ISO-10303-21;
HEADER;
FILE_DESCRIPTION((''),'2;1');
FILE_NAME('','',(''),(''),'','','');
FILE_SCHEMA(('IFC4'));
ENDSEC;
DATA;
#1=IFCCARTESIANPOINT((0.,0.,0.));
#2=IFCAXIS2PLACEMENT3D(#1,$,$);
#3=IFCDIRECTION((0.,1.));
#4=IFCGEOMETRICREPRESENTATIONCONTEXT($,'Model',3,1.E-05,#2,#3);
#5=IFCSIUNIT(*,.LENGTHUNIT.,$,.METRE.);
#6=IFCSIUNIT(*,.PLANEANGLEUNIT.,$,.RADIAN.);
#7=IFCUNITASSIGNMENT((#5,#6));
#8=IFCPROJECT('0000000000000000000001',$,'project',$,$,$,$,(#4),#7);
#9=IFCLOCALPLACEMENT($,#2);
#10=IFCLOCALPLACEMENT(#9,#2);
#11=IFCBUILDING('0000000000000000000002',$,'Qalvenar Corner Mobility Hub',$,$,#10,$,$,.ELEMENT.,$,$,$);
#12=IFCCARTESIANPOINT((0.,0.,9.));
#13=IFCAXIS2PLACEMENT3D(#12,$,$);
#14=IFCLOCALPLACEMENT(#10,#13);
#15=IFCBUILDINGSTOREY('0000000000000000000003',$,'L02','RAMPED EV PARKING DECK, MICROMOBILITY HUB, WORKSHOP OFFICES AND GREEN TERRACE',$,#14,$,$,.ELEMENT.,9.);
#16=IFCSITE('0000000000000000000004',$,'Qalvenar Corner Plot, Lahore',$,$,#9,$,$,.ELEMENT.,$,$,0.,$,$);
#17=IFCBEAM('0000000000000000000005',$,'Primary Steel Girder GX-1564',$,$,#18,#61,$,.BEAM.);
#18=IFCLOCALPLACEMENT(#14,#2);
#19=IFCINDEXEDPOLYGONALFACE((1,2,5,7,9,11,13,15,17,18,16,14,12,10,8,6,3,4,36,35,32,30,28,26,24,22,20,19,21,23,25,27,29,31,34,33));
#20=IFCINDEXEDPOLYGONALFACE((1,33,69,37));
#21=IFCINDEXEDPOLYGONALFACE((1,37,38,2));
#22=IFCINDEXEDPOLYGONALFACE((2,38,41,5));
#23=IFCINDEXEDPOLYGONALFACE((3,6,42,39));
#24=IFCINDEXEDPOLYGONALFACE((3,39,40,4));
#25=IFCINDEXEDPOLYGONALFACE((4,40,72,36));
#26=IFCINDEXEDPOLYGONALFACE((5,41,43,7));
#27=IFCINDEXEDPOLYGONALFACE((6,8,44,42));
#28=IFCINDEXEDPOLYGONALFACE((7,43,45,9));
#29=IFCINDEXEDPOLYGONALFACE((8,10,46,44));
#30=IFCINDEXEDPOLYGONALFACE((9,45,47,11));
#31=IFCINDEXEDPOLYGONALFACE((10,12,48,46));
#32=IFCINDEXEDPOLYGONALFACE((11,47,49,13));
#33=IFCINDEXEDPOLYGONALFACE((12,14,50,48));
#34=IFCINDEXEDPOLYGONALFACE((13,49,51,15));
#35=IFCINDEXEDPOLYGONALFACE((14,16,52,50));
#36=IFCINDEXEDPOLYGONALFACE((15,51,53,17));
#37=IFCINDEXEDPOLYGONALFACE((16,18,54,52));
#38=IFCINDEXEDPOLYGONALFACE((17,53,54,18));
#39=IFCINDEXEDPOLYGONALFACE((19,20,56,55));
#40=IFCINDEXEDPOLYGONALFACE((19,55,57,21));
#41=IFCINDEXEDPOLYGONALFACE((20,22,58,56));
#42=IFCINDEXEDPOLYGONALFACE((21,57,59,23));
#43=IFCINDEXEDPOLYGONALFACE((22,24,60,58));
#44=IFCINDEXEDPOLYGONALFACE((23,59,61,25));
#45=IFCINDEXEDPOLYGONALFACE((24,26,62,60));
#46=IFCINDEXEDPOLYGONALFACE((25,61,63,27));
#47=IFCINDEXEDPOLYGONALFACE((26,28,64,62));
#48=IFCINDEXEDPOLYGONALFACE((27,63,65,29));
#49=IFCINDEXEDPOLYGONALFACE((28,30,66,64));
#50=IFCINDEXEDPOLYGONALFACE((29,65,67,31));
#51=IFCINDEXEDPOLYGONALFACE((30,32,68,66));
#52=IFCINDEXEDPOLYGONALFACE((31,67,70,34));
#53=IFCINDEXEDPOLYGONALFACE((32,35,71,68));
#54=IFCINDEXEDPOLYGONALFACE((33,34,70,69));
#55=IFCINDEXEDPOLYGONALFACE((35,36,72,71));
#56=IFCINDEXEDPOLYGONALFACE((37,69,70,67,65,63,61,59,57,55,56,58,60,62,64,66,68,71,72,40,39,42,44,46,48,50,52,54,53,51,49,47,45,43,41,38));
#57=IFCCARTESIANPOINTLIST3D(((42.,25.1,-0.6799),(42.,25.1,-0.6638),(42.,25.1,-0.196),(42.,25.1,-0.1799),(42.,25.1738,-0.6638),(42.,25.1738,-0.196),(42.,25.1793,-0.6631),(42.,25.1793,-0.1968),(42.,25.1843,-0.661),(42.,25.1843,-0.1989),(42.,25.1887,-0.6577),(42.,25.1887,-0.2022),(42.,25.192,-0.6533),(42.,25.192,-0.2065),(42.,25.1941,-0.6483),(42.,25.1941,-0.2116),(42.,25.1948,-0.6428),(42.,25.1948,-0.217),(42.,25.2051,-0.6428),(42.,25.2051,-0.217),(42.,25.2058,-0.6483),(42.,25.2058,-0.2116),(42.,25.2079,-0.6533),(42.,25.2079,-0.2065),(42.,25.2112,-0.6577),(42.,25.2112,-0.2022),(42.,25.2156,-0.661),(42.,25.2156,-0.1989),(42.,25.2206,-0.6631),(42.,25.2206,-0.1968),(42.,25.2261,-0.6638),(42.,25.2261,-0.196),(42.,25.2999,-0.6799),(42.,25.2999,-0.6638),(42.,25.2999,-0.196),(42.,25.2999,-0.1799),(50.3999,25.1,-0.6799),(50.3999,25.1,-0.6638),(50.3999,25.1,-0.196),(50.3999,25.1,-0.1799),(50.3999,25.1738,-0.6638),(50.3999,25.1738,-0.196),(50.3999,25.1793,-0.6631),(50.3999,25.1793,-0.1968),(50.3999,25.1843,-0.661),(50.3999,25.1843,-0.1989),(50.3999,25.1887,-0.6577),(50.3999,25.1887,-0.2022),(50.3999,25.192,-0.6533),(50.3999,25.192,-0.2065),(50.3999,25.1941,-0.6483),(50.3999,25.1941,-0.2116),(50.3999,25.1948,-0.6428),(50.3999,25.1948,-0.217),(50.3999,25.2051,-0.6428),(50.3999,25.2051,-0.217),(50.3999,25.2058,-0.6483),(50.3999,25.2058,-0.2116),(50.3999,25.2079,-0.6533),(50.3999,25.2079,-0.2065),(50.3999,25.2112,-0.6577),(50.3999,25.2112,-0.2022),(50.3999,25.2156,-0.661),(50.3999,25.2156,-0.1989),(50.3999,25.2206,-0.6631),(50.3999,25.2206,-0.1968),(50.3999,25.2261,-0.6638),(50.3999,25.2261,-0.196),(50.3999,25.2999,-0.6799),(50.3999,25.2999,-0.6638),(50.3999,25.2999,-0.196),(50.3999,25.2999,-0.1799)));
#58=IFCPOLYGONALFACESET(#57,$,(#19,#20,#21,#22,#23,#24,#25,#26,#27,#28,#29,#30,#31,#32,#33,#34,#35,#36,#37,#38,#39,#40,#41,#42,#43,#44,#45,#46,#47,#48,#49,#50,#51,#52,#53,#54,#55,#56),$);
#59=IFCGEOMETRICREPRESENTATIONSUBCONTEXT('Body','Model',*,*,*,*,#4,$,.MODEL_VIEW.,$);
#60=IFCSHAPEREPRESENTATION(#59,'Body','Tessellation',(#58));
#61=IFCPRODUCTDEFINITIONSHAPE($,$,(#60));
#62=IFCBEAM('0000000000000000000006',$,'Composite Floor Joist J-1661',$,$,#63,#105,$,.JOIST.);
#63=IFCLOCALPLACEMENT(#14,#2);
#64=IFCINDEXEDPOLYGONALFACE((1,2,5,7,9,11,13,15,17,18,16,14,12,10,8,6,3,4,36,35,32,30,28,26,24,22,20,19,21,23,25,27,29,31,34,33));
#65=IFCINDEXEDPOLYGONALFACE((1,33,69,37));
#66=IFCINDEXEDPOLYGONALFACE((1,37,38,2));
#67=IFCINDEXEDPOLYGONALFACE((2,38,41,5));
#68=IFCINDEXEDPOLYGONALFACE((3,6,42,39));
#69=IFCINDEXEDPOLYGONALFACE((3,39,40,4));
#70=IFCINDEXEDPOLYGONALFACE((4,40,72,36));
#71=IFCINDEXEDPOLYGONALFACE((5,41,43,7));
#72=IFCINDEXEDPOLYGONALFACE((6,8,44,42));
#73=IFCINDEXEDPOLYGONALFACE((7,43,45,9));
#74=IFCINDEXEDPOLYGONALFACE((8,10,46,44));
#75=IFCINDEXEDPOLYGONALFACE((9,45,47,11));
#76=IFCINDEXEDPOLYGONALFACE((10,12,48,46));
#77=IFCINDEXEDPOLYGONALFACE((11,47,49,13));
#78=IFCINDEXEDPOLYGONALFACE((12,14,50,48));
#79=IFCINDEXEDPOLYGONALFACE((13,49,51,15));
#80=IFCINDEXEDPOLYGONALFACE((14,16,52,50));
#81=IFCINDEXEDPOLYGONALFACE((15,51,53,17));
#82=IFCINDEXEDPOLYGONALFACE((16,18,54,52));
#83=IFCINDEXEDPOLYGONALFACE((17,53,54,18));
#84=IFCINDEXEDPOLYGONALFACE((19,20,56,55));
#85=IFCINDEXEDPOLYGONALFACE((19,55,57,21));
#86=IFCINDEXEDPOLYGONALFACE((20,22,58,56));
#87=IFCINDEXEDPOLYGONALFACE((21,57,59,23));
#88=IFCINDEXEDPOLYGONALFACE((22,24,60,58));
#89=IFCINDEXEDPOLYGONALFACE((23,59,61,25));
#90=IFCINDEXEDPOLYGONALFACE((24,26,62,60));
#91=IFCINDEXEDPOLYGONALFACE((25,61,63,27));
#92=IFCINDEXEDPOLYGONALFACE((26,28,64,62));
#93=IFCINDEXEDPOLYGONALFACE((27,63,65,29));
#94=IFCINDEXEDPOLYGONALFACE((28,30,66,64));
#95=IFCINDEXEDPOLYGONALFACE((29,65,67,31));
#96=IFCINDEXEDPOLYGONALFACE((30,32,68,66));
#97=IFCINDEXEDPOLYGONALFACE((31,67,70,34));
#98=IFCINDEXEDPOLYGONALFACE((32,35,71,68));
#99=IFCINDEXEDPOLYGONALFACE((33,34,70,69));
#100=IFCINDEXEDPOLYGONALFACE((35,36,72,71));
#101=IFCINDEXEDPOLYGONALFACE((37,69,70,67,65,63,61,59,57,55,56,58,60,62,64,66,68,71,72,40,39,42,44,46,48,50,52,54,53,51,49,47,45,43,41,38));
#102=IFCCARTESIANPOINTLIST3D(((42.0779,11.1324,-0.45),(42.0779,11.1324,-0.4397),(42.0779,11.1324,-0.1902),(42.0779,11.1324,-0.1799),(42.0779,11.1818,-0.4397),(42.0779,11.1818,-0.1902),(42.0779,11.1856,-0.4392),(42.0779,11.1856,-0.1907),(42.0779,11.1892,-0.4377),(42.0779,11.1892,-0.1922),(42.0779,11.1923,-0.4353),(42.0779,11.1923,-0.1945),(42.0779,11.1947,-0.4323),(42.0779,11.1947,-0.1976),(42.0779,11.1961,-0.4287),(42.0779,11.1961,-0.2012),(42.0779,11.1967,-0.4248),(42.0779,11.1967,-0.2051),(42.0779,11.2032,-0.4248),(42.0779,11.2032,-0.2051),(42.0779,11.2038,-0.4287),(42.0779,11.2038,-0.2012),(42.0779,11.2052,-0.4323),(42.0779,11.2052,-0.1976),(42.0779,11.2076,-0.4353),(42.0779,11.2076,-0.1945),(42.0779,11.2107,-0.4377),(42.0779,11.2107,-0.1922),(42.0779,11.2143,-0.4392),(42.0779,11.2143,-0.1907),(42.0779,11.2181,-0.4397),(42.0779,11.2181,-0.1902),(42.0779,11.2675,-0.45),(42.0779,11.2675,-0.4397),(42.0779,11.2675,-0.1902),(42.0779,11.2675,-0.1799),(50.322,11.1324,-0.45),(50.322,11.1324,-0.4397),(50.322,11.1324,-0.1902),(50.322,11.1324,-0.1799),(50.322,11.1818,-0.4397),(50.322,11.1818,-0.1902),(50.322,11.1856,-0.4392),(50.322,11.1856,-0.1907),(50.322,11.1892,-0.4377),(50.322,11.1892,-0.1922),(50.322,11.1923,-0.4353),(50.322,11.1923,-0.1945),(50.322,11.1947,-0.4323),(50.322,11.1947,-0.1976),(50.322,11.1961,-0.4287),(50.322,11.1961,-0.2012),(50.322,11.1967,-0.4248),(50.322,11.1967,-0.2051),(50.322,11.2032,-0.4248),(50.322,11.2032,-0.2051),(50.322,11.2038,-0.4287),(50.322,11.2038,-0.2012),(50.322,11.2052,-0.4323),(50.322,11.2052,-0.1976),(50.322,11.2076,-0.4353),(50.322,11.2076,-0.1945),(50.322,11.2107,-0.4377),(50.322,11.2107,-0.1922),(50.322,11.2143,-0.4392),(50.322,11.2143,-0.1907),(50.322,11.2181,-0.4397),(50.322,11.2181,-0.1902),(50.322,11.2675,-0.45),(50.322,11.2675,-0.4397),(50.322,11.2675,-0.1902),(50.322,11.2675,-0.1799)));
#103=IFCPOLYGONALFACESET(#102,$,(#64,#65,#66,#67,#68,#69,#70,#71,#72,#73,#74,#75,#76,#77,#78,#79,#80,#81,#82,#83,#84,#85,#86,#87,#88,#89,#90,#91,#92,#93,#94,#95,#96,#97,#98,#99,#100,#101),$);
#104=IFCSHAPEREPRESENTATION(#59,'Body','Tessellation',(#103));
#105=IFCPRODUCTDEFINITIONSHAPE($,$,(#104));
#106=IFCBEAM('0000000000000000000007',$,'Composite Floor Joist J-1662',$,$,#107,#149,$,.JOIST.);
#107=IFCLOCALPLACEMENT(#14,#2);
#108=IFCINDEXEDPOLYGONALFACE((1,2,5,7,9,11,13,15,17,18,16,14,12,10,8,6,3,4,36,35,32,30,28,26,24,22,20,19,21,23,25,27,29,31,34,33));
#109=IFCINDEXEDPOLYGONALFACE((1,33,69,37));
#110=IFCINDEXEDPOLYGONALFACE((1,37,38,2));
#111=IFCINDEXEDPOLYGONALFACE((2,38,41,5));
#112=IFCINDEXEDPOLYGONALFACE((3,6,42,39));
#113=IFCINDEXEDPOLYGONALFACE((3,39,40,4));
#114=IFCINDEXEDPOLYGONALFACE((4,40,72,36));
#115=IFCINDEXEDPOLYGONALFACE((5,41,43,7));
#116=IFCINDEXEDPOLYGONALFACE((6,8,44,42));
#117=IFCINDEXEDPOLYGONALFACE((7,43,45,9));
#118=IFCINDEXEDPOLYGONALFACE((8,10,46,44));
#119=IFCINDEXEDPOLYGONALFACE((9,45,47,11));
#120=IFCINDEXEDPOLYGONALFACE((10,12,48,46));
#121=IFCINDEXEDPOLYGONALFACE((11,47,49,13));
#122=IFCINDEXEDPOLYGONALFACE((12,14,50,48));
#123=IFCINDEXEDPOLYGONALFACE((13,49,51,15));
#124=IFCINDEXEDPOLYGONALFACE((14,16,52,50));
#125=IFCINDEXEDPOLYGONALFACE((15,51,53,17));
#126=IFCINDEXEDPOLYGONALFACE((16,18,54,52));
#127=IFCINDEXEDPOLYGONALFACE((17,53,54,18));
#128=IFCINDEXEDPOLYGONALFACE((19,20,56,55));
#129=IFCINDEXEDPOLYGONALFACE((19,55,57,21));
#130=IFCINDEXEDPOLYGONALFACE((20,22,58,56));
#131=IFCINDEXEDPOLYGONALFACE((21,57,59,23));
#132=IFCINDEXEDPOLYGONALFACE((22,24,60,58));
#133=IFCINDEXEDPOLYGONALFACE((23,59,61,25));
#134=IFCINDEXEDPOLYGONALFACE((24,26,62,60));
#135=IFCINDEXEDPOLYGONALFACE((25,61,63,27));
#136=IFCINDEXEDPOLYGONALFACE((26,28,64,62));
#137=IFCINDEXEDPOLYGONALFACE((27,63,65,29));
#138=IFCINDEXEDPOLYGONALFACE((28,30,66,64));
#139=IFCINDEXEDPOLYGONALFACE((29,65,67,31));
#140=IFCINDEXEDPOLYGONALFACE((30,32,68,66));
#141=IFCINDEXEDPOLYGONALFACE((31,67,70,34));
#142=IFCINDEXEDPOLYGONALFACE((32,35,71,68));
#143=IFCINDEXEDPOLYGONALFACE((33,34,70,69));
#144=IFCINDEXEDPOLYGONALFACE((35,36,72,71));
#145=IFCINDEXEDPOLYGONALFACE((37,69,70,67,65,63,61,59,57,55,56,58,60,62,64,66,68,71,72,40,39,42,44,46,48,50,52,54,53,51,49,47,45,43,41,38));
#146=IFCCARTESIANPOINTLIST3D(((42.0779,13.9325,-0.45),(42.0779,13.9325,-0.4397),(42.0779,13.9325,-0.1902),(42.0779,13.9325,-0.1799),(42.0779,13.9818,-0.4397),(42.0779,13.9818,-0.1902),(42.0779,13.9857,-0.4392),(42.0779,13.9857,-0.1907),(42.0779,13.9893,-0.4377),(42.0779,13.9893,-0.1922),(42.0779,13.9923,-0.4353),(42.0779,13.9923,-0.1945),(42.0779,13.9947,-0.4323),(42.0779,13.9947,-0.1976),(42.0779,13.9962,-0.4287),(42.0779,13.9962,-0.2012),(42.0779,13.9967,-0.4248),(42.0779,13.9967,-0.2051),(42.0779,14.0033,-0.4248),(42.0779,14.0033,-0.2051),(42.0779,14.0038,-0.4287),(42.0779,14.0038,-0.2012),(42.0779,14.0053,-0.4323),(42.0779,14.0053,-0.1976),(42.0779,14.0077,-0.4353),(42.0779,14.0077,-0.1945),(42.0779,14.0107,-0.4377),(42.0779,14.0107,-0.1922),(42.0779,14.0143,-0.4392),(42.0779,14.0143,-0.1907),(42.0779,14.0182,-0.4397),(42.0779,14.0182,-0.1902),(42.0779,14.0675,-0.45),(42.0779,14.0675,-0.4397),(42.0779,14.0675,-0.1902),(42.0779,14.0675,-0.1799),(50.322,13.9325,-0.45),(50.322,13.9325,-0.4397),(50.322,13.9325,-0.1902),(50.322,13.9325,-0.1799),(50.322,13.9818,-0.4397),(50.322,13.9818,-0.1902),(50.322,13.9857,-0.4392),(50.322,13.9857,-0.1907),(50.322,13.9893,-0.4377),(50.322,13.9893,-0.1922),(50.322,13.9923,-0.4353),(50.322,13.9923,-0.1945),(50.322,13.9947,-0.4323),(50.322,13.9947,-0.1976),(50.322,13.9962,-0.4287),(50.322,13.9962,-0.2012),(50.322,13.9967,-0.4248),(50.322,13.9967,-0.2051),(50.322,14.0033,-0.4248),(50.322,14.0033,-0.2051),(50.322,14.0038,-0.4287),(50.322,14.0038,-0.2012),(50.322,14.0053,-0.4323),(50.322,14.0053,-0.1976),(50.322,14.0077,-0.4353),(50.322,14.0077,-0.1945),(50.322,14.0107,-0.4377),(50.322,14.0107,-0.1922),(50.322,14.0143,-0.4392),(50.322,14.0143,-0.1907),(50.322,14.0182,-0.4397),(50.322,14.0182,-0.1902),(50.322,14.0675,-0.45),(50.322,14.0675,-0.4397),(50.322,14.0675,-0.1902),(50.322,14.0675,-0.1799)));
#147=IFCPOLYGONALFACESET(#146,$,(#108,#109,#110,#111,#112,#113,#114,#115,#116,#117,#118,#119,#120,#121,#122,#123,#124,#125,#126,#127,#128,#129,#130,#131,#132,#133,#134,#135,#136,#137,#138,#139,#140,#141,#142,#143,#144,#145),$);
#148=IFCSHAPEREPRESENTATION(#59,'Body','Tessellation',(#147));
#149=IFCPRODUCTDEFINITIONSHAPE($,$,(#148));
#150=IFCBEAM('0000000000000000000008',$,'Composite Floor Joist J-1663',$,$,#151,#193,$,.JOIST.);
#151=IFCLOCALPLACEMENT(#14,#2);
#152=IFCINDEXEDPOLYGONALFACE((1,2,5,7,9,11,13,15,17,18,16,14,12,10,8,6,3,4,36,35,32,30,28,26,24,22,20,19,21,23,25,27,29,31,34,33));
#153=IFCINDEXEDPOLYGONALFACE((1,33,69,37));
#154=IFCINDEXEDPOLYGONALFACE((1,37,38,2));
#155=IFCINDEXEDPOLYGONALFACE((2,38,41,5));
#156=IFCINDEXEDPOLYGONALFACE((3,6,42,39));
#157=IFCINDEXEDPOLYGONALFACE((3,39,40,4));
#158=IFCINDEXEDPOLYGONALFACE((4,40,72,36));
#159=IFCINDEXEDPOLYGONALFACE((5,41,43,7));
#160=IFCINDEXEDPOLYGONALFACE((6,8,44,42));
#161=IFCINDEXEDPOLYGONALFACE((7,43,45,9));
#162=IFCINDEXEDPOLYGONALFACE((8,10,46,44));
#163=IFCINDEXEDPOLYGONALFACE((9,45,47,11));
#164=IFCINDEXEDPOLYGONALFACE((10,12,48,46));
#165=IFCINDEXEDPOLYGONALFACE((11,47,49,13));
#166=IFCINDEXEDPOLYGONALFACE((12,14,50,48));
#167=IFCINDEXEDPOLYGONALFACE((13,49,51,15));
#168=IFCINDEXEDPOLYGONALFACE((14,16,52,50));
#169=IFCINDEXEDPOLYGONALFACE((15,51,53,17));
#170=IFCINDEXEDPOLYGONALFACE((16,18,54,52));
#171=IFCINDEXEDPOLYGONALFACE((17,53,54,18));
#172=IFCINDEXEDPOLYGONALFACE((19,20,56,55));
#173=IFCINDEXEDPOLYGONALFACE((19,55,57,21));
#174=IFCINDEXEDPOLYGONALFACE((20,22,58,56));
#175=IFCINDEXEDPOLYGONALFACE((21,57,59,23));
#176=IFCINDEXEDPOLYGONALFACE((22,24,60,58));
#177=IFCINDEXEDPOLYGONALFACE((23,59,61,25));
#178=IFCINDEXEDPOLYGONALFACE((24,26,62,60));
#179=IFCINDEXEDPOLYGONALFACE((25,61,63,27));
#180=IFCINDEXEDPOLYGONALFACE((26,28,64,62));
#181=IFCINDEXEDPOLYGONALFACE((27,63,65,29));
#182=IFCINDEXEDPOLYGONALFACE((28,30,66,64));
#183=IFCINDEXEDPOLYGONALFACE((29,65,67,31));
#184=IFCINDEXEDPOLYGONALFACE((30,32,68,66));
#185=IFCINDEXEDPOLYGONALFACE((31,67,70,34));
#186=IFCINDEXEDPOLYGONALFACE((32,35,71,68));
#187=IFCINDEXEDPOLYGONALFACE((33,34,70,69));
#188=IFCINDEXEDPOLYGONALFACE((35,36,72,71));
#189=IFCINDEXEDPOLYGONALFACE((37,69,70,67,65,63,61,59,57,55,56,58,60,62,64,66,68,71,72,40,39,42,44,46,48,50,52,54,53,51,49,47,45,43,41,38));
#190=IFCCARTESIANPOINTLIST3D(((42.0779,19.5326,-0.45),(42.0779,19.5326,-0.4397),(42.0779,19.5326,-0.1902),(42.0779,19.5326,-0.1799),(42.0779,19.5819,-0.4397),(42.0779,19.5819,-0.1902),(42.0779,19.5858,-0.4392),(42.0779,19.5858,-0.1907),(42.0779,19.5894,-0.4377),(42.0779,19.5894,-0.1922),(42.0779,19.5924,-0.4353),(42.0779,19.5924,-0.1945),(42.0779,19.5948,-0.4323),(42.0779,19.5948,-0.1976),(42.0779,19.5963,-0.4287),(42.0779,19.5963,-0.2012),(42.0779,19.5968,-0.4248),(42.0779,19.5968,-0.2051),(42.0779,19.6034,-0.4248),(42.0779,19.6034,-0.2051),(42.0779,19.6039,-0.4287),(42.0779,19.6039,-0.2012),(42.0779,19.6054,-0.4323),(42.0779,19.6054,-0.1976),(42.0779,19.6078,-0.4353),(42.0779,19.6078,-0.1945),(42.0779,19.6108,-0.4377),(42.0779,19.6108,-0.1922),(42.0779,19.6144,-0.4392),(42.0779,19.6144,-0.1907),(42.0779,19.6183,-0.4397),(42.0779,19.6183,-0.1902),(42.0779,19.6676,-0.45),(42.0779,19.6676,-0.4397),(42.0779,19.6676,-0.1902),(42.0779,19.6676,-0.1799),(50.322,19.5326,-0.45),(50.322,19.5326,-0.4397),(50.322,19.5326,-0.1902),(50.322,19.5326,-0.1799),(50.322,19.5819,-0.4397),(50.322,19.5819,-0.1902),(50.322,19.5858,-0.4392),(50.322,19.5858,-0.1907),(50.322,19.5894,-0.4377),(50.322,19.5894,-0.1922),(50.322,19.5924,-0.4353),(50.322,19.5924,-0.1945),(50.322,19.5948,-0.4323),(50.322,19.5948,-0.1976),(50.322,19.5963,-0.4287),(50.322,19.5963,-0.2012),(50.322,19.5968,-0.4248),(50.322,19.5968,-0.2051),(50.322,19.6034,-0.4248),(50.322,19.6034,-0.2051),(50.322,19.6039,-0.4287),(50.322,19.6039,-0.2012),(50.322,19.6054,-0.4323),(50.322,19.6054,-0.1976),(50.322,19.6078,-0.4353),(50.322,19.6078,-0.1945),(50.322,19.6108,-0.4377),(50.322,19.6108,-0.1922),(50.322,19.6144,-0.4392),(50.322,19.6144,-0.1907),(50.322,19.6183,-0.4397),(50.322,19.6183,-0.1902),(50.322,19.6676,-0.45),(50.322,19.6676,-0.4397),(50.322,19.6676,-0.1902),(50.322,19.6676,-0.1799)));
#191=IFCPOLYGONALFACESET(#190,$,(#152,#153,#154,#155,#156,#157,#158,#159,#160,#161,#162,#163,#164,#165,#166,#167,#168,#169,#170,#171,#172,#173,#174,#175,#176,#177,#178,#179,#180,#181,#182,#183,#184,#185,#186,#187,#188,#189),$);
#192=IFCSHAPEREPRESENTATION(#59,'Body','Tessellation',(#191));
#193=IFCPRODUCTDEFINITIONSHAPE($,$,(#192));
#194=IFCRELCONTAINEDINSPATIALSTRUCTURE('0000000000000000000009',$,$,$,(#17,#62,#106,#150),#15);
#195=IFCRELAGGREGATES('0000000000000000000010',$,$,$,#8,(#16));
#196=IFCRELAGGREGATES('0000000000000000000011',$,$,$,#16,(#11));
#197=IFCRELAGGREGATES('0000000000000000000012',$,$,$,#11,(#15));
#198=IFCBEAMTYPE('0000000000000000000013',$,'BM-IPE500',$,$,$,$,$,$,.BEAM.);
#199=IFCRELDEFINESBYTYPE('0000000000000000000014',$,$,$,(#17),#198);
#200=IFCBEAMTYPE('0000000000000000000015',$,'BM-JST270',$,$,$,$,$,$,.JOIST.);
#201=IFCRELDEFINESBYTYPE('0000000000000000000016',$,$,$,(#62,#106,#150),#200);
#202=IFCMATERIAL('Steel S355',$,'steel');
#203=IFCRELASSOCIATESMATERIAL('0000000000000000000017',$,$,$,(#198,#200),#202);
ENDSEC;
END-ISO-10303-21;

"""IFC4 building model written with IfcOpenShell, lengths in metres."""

from ifc_helpers import new_model, si_unit, direction, frame, origin, origin_2d, place, context, subcontext, project, spatial, i_section, extrude, material, material_profile, profile_set, type_object, element, save


model = new_model("IFC4")

# Units and contexts
model_context = context("Model", 3, precision=1e-05, world=origin(), true_north=direction((0.0, 1.0)))
body_context = subcontext(model_context, "Body", "Model", "MODEL_VIEW")
ifc_project = project(units=[si_unit("LENGTHUNIT", "METRE"), si_unit("PLANEANGLEUNIT", "RADIAN")], contexts=[model_context])

# Site, building, storey
site_placement = place(None, origin())
site = spatial("IfcSite", under=ifc_project, at=site_placement, Name="Qalvenar Corner Plot, Lahore", CompositionType="ELEMENT", RefElevation=0.0)
building_placement = place(site_placement, origin())
building = spatial("IfcBuilding", under=site, at=building_placement, Name="Qalvenar Corner Mobility Hub", CompositionType="ELEMENT")
storey_placement = place(building_placement, frame((0.0, 0.0, 9.0)))
storey = spatial("IfcBuildingStorey", under=building, at=storey_placement, Name="L02", Description="RAMPED EV PARKING DECK, MICROMOBILITY HUB, WORKSHOP OFFICES AND GREEN TERRACE", CompositionType="ELEMENT", Elevation=9.0)

# Shared definitions
ifc_material_1 = material(Name="Steel S355", Category="steel")

# Beams
ifc_material_profile_1 = material_profile(ifc_material_1, i_section(OverallWidth=0.2, OverallDepth=0.5, WebThickness=0.0103, FlangeThickness=0.0161, FilletRadius=0.021, at=origin_2d()), Name="IPE500")
ifc_profile_set_1 = profile_set([ifc_material_profile_1], Name="Steel S355")
beam_type_1 = type_object("IfcBeamType", Name="BM-IPE500", PredefinedType="BEAM", material=ifc_profile_set_1)
for number, where, z_axis, x_axis, name in (
    (1, (42.0, 25.2, -0.4299), (1.0, 0.0, 0.0), (0.0, 1.0, 0.0), "Primary Steel Girder GX-1564"),
):
    element("IfcBeam", number, at=place(storey_placement, frame(where, z_axis=z_axis, x_axis=x_axis)), inside=storey, type_object=beam_type_1, Name=name, PredefinedType="BEAM", context=body_context, shape_type="SweptSolid", body=[
        extrude(i_section(OverallWidth=0.2, OverallDepth=0.5, WebThickness=0.0103, FlangeThickness=0.0161, FilletRadius=0.021, at=origin_2d()), origin(), (0.0, 0.0, 1.0), 8.3999),
    ])
ifc_material_profile_2 = material_profile(ifc_material_1, i_section(OverallWidth=0.135, OverallDepth=0.27, WebThickness=0.0066, FlangeThickness=0.0103, FilletRadius=0.0149, at=origin_2d()), Name="IPE270")
ifc_profile_set_2 = profile_set([ifc_material_profile_2], Name="Steel S355")
beam_type_2 = type_object("IfcBeamType", Name="BM-JST270", PredefinedType="JOIST", material=ifc_profile_set_2)
for number, where, z_axis, x_axis, name in (
    (2, (42.0779, 11.2, -0.3149), (1.0, 0.0, 0.0), (0.0, 1.0, 0.0), "Composite Floor Joist J-1661"),
    (3, (42.0779, 14.0, -0.3149), (1.0, 0.0, 0.0), (0.0, 1.0, 0.0), "Composite Floor Joist J-1662"),
    (4, (42.0779, 19.6001, -0.3149), (1.0, 0.0, 0.0), (0.0, 1.0, 0.0), "Composite Floor Joist J-1663"),
):
    element("IfcBeam", number, at=place(storey_placement, frame(where, z_axis=z_axis, x_axis=x_axis)), inside=storey, type_object=beam_type_2, Name=name, PredefinedType="JOIST", context=body_context, shape_type="SweptSolid", body=[
        extrude(i_section(OverallWidth=0.135, OverallDepth=0.27, WebThickness=0.0066, FlangeThickness=0.0103, FilletRadius=0.0149, at=origin_2d()), origin(), (0.0, 0.0, 1.0), 8.2441),
    ])

save(model, "model.ifc")
